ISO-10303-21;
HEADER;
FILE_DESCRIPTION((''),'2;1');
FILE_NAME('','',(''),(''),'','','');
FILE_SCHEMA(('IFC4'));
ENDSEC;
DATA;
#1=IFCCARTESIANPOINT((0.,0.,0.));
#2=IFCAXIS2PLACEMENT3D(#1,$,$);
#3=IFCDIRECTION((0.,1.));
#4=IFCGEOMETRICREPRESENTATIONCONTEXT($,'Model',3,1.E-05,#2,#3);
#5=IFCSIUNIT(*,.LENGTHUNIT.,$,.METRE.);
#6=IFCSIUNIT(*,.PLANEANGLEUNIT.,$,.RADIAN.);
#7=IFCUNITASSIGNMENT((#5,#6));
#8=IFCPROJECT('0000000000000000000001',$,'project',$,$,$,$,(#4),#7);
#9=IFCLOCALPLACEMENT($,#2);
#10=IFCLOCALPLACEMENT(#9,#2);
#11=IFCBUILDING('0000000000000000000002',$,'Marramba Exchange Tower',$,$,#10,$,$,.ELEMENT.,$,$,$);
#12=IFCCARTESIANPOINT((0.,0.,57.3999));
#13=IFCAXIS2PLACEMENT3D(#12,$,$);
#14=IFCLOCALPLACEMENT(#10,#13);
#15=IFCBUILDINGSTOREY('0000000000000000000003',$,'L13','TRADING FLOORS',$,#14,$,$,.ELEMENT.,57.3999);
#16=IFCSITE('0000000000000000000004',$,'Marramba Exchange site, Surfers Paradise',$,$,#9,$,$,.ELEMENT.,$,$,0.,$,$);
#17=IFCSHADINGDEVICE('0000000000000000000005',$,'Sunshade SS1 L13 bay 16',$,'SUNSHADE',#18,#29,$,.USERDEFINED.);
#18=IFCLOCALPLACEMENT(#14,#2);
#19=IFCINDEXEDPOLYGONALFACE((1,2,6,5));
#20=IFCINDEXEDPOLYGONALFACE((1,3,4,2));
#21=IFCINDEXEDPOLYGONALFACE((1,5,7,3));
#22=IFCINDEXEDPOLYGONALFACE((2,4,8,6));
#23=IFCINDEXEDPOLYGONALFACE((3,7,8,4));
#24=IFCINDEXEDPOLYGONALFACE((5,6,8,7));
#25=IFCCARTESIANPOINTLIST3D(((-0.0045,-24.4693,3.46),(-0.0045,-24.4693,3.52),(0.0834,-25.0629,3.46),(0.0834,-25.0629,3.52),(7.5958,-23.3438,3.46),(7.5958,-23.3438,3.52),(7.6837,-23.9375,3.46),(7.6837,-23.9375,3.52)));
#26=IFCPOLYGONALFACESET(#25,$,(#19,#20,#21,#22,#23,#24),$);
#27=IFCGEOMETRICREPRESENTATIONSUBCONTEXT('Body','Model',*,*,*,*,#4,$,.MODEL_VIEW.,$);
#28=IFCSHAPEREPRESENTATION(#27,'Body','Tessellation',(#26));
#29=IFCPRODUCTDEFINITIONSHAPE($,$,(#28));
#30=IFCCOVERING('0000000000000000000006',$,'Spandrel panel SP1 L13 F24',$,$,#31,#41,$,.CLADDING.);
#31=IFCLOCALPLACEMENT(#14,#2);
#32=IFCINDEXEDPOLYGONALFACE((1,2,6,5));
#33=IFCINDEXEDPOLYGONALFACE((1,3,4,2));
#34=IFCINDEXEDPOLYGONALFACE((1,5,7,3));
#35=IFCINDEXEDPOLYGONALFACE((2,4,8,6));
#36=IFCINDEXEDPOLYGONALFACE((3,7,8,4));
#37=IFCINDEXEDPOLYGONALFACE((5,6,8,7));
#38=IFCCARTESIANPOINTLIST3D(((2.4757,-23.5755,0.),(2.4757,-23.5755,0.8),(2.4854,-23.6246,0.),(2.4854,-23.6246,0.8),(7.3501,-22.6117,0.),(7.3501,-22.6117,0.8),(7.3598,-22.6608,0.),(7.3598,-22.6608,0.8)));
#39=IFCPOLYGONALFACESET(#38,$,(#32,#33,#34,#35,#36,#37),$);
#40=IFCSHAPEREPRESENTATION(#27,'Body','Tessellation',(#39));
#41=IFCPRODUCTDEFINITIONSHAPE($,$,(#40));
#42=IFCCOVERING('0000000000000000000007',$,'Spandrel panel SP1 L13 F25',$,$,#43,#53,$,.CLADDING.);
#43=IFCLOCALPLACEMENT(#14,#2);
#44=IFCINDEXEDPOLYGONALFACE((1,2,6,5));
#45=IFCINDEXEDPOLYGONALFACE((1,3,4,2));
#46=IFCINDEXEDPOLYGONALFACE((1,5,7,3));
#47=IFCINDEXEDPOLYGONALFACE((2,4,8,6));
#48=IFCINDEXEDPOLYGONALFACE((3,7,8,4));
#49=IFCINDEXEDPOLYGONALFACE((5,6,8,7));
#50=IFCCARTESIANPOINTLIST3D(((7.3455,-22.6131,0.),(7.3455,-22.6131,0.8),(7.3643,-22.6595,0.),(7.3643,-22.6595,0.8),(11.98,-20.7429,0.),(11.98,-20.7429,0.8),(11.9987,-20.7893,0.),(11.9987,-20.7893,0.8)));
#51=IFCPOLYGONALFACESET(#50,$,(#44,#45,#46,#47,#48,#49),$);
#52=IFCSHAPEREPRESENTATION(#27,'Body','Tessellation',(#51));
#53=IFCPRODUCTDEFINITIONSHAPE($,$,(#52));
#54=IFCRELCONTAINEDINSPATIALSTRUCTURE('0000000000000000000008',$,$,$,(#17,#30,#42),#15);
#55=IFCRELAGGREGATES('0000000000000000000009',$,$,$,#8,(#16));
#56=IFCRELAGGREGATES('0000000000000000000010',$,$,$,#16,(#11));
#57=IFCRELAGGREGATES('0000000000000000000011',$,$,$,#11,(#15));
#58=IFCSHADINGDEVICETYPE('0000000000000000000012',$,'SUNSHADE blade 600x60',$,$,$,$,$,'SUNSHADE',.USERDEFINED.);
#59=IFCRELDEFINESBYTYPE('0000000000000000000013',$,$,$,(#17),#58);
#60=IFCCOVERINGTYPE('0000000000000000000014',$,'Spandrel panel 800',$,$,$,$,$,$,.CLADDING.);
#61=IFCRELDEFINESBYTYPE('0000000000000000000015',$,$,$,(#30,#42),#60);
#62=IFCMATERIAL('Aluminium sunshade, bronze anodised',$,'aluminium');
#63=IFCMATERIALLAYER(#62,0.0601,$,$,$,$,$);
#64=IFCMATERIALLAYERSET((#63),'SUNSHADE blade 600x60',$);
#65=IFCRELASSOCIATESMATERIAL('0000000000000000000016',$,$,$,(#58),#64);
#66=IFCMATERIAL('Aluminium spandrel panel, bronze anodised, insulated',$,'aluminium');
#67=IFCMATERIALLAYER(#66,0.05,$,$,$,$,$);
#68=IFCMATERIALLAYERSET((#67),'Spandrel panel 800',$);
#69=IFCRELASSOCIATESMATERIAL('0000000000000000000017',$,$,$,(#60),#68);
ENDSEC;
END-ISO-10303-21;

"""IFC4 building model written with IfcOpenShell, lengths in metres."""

from ifc_helpers import new_model, si_unit, direction, frame, origin, origin_2d, place, context, subcontext, project, spatial, rectangle, extrude, material, layer, layer_set, type_object, element, save


model = new_model("IFC4")

# Units and contexts
model_context = context("Model", 3, precision=1e-05, world=origin(), true_north=direction((0.0, 1.0)))
body_context = subcontext(model_context, "Body", "Model", "MODEL_VIEW")
ifc_project = project(units=[si_unit("LENGTHUNIT", "METRE"), si_unit("PLANEANGLEUNIT", "RADIAN")], contexts=[model_context])

# Site, building, storey
site_placement = place(None, origin())
site = spatial("IfcSite", under=ifc_project, at=site_placement, Name="Marramba Exchange site, Surfers Paradise", CompositionType="ELEMENT", RefElevation=0.0)
building_placement = place(site_placement, origin())
building = spatial("IfcBuilding", under=site, at=building_placement, Name="Marramba Exchange Tower", CompositionType="ELEMENT")
storey_placement = place(building_placement, frame((0.0, 0.0, 57.3999)))
storey = spatial("IfcBuildingStorey", under=building, at=storey_placement, Name="L13", Description="TRADING FLOORS", CompositionType="ELEMENT", Elevation=57.3999)

# Shading device
ifc_material_1 = material(Name="Aluminium sunshade, bronze anodised", Category="aluminium")
ifc_layer_1 = layer(ifc_material_1, 0.0601)
ifc_layer_set_1 = layer_set([ifc_layer_1], Name="SUNSHADE blade 600x60")
shading_device_type_1 = type_object("IfcShadingDeviceType", Name="SUNSHADE blade 600x60", ElementType="SUNSHADE", PredefinedType="USERDEFINED", material=ifc_layer_set_1)
shading_device_1_placement = place(storey_placement, frame((3.8396, -24.2034, 3.46), z_axis=(0.0, 0.0, 1.0), x_axis=(0.989213, 0.146485, 0.0)))
element("IfcShadingDevice", 1, at=shading_device_1_placement, inside=storey, type_object=shading_device_type_1, Name="Sunshade SS1 L13 bay 16", ObjectType="SUNSHADE", PredefinedType="USERDEFINED", context=body_context, shape_type="SweptSolid", body=[
    extrude(rectangle(XDim=7.6831, YDim=0.6001, at=origin_2d()), origin(), (0.0, 0.0, 1.0), 0.0601),
])

# Coverings
ifc_material_2 = material(Name="Aluminium spandrel panel, bronze anodised, insulated", Category="aluminium")
ifc_layer_2 = layer(ifc_material_2, 0.05)
ifc_layer_set_2 = layer_set([ifc_layer_2], Name="Spandrel panel 800")
covering_type = type_object("IfcCoveringType", Name="Spandrel panel 800", PredefinedType="CLADDING", material=ifc_layer_set_2)
covering_1_placement = place(storey_placement, frame((4.9177, -23.1182, 0.0), z_axis=(0.0, 0.0, 1.0), x_axis=(0.981009, 0.193961, 0.0)))
element("IfcCovering", 2, at=covering_1_placement, inside=storey, type_object=covering_type, Name="Spandrel panel SP1 L13 F24", PredefinedType="CLADDING", context=body_context, shape_type="SweptSolid", body=[
    extrude(rectangle(XDim=4.9688, YDim=0.05, at=origin_2d()), origin(), (0.0, 0.0, 1.0), 0.8),
])
covering_2_placement = place(storey_placement, frame((9.6721, -21.7012, 0.0), z_axis=(0.0, 0.0, 1.0), x_axis=(0.927341, 0.374218, 0.0)))
element("IfcCovering", 3, at=covering_2_placement, inside=storey, type_object=covering_type, Name="Spandrel panel SP1 L13 F25", PredefinedType="CLADDING", context=body_context, shape_type="SweptSolid", body=[
    extrude(rectangle(XDim=4.9976, YDim=0.05, at=origin_2d()), origin(), (0.0, 0.0, 1.0), 0.8),
])

save(model, "model.ifc")
